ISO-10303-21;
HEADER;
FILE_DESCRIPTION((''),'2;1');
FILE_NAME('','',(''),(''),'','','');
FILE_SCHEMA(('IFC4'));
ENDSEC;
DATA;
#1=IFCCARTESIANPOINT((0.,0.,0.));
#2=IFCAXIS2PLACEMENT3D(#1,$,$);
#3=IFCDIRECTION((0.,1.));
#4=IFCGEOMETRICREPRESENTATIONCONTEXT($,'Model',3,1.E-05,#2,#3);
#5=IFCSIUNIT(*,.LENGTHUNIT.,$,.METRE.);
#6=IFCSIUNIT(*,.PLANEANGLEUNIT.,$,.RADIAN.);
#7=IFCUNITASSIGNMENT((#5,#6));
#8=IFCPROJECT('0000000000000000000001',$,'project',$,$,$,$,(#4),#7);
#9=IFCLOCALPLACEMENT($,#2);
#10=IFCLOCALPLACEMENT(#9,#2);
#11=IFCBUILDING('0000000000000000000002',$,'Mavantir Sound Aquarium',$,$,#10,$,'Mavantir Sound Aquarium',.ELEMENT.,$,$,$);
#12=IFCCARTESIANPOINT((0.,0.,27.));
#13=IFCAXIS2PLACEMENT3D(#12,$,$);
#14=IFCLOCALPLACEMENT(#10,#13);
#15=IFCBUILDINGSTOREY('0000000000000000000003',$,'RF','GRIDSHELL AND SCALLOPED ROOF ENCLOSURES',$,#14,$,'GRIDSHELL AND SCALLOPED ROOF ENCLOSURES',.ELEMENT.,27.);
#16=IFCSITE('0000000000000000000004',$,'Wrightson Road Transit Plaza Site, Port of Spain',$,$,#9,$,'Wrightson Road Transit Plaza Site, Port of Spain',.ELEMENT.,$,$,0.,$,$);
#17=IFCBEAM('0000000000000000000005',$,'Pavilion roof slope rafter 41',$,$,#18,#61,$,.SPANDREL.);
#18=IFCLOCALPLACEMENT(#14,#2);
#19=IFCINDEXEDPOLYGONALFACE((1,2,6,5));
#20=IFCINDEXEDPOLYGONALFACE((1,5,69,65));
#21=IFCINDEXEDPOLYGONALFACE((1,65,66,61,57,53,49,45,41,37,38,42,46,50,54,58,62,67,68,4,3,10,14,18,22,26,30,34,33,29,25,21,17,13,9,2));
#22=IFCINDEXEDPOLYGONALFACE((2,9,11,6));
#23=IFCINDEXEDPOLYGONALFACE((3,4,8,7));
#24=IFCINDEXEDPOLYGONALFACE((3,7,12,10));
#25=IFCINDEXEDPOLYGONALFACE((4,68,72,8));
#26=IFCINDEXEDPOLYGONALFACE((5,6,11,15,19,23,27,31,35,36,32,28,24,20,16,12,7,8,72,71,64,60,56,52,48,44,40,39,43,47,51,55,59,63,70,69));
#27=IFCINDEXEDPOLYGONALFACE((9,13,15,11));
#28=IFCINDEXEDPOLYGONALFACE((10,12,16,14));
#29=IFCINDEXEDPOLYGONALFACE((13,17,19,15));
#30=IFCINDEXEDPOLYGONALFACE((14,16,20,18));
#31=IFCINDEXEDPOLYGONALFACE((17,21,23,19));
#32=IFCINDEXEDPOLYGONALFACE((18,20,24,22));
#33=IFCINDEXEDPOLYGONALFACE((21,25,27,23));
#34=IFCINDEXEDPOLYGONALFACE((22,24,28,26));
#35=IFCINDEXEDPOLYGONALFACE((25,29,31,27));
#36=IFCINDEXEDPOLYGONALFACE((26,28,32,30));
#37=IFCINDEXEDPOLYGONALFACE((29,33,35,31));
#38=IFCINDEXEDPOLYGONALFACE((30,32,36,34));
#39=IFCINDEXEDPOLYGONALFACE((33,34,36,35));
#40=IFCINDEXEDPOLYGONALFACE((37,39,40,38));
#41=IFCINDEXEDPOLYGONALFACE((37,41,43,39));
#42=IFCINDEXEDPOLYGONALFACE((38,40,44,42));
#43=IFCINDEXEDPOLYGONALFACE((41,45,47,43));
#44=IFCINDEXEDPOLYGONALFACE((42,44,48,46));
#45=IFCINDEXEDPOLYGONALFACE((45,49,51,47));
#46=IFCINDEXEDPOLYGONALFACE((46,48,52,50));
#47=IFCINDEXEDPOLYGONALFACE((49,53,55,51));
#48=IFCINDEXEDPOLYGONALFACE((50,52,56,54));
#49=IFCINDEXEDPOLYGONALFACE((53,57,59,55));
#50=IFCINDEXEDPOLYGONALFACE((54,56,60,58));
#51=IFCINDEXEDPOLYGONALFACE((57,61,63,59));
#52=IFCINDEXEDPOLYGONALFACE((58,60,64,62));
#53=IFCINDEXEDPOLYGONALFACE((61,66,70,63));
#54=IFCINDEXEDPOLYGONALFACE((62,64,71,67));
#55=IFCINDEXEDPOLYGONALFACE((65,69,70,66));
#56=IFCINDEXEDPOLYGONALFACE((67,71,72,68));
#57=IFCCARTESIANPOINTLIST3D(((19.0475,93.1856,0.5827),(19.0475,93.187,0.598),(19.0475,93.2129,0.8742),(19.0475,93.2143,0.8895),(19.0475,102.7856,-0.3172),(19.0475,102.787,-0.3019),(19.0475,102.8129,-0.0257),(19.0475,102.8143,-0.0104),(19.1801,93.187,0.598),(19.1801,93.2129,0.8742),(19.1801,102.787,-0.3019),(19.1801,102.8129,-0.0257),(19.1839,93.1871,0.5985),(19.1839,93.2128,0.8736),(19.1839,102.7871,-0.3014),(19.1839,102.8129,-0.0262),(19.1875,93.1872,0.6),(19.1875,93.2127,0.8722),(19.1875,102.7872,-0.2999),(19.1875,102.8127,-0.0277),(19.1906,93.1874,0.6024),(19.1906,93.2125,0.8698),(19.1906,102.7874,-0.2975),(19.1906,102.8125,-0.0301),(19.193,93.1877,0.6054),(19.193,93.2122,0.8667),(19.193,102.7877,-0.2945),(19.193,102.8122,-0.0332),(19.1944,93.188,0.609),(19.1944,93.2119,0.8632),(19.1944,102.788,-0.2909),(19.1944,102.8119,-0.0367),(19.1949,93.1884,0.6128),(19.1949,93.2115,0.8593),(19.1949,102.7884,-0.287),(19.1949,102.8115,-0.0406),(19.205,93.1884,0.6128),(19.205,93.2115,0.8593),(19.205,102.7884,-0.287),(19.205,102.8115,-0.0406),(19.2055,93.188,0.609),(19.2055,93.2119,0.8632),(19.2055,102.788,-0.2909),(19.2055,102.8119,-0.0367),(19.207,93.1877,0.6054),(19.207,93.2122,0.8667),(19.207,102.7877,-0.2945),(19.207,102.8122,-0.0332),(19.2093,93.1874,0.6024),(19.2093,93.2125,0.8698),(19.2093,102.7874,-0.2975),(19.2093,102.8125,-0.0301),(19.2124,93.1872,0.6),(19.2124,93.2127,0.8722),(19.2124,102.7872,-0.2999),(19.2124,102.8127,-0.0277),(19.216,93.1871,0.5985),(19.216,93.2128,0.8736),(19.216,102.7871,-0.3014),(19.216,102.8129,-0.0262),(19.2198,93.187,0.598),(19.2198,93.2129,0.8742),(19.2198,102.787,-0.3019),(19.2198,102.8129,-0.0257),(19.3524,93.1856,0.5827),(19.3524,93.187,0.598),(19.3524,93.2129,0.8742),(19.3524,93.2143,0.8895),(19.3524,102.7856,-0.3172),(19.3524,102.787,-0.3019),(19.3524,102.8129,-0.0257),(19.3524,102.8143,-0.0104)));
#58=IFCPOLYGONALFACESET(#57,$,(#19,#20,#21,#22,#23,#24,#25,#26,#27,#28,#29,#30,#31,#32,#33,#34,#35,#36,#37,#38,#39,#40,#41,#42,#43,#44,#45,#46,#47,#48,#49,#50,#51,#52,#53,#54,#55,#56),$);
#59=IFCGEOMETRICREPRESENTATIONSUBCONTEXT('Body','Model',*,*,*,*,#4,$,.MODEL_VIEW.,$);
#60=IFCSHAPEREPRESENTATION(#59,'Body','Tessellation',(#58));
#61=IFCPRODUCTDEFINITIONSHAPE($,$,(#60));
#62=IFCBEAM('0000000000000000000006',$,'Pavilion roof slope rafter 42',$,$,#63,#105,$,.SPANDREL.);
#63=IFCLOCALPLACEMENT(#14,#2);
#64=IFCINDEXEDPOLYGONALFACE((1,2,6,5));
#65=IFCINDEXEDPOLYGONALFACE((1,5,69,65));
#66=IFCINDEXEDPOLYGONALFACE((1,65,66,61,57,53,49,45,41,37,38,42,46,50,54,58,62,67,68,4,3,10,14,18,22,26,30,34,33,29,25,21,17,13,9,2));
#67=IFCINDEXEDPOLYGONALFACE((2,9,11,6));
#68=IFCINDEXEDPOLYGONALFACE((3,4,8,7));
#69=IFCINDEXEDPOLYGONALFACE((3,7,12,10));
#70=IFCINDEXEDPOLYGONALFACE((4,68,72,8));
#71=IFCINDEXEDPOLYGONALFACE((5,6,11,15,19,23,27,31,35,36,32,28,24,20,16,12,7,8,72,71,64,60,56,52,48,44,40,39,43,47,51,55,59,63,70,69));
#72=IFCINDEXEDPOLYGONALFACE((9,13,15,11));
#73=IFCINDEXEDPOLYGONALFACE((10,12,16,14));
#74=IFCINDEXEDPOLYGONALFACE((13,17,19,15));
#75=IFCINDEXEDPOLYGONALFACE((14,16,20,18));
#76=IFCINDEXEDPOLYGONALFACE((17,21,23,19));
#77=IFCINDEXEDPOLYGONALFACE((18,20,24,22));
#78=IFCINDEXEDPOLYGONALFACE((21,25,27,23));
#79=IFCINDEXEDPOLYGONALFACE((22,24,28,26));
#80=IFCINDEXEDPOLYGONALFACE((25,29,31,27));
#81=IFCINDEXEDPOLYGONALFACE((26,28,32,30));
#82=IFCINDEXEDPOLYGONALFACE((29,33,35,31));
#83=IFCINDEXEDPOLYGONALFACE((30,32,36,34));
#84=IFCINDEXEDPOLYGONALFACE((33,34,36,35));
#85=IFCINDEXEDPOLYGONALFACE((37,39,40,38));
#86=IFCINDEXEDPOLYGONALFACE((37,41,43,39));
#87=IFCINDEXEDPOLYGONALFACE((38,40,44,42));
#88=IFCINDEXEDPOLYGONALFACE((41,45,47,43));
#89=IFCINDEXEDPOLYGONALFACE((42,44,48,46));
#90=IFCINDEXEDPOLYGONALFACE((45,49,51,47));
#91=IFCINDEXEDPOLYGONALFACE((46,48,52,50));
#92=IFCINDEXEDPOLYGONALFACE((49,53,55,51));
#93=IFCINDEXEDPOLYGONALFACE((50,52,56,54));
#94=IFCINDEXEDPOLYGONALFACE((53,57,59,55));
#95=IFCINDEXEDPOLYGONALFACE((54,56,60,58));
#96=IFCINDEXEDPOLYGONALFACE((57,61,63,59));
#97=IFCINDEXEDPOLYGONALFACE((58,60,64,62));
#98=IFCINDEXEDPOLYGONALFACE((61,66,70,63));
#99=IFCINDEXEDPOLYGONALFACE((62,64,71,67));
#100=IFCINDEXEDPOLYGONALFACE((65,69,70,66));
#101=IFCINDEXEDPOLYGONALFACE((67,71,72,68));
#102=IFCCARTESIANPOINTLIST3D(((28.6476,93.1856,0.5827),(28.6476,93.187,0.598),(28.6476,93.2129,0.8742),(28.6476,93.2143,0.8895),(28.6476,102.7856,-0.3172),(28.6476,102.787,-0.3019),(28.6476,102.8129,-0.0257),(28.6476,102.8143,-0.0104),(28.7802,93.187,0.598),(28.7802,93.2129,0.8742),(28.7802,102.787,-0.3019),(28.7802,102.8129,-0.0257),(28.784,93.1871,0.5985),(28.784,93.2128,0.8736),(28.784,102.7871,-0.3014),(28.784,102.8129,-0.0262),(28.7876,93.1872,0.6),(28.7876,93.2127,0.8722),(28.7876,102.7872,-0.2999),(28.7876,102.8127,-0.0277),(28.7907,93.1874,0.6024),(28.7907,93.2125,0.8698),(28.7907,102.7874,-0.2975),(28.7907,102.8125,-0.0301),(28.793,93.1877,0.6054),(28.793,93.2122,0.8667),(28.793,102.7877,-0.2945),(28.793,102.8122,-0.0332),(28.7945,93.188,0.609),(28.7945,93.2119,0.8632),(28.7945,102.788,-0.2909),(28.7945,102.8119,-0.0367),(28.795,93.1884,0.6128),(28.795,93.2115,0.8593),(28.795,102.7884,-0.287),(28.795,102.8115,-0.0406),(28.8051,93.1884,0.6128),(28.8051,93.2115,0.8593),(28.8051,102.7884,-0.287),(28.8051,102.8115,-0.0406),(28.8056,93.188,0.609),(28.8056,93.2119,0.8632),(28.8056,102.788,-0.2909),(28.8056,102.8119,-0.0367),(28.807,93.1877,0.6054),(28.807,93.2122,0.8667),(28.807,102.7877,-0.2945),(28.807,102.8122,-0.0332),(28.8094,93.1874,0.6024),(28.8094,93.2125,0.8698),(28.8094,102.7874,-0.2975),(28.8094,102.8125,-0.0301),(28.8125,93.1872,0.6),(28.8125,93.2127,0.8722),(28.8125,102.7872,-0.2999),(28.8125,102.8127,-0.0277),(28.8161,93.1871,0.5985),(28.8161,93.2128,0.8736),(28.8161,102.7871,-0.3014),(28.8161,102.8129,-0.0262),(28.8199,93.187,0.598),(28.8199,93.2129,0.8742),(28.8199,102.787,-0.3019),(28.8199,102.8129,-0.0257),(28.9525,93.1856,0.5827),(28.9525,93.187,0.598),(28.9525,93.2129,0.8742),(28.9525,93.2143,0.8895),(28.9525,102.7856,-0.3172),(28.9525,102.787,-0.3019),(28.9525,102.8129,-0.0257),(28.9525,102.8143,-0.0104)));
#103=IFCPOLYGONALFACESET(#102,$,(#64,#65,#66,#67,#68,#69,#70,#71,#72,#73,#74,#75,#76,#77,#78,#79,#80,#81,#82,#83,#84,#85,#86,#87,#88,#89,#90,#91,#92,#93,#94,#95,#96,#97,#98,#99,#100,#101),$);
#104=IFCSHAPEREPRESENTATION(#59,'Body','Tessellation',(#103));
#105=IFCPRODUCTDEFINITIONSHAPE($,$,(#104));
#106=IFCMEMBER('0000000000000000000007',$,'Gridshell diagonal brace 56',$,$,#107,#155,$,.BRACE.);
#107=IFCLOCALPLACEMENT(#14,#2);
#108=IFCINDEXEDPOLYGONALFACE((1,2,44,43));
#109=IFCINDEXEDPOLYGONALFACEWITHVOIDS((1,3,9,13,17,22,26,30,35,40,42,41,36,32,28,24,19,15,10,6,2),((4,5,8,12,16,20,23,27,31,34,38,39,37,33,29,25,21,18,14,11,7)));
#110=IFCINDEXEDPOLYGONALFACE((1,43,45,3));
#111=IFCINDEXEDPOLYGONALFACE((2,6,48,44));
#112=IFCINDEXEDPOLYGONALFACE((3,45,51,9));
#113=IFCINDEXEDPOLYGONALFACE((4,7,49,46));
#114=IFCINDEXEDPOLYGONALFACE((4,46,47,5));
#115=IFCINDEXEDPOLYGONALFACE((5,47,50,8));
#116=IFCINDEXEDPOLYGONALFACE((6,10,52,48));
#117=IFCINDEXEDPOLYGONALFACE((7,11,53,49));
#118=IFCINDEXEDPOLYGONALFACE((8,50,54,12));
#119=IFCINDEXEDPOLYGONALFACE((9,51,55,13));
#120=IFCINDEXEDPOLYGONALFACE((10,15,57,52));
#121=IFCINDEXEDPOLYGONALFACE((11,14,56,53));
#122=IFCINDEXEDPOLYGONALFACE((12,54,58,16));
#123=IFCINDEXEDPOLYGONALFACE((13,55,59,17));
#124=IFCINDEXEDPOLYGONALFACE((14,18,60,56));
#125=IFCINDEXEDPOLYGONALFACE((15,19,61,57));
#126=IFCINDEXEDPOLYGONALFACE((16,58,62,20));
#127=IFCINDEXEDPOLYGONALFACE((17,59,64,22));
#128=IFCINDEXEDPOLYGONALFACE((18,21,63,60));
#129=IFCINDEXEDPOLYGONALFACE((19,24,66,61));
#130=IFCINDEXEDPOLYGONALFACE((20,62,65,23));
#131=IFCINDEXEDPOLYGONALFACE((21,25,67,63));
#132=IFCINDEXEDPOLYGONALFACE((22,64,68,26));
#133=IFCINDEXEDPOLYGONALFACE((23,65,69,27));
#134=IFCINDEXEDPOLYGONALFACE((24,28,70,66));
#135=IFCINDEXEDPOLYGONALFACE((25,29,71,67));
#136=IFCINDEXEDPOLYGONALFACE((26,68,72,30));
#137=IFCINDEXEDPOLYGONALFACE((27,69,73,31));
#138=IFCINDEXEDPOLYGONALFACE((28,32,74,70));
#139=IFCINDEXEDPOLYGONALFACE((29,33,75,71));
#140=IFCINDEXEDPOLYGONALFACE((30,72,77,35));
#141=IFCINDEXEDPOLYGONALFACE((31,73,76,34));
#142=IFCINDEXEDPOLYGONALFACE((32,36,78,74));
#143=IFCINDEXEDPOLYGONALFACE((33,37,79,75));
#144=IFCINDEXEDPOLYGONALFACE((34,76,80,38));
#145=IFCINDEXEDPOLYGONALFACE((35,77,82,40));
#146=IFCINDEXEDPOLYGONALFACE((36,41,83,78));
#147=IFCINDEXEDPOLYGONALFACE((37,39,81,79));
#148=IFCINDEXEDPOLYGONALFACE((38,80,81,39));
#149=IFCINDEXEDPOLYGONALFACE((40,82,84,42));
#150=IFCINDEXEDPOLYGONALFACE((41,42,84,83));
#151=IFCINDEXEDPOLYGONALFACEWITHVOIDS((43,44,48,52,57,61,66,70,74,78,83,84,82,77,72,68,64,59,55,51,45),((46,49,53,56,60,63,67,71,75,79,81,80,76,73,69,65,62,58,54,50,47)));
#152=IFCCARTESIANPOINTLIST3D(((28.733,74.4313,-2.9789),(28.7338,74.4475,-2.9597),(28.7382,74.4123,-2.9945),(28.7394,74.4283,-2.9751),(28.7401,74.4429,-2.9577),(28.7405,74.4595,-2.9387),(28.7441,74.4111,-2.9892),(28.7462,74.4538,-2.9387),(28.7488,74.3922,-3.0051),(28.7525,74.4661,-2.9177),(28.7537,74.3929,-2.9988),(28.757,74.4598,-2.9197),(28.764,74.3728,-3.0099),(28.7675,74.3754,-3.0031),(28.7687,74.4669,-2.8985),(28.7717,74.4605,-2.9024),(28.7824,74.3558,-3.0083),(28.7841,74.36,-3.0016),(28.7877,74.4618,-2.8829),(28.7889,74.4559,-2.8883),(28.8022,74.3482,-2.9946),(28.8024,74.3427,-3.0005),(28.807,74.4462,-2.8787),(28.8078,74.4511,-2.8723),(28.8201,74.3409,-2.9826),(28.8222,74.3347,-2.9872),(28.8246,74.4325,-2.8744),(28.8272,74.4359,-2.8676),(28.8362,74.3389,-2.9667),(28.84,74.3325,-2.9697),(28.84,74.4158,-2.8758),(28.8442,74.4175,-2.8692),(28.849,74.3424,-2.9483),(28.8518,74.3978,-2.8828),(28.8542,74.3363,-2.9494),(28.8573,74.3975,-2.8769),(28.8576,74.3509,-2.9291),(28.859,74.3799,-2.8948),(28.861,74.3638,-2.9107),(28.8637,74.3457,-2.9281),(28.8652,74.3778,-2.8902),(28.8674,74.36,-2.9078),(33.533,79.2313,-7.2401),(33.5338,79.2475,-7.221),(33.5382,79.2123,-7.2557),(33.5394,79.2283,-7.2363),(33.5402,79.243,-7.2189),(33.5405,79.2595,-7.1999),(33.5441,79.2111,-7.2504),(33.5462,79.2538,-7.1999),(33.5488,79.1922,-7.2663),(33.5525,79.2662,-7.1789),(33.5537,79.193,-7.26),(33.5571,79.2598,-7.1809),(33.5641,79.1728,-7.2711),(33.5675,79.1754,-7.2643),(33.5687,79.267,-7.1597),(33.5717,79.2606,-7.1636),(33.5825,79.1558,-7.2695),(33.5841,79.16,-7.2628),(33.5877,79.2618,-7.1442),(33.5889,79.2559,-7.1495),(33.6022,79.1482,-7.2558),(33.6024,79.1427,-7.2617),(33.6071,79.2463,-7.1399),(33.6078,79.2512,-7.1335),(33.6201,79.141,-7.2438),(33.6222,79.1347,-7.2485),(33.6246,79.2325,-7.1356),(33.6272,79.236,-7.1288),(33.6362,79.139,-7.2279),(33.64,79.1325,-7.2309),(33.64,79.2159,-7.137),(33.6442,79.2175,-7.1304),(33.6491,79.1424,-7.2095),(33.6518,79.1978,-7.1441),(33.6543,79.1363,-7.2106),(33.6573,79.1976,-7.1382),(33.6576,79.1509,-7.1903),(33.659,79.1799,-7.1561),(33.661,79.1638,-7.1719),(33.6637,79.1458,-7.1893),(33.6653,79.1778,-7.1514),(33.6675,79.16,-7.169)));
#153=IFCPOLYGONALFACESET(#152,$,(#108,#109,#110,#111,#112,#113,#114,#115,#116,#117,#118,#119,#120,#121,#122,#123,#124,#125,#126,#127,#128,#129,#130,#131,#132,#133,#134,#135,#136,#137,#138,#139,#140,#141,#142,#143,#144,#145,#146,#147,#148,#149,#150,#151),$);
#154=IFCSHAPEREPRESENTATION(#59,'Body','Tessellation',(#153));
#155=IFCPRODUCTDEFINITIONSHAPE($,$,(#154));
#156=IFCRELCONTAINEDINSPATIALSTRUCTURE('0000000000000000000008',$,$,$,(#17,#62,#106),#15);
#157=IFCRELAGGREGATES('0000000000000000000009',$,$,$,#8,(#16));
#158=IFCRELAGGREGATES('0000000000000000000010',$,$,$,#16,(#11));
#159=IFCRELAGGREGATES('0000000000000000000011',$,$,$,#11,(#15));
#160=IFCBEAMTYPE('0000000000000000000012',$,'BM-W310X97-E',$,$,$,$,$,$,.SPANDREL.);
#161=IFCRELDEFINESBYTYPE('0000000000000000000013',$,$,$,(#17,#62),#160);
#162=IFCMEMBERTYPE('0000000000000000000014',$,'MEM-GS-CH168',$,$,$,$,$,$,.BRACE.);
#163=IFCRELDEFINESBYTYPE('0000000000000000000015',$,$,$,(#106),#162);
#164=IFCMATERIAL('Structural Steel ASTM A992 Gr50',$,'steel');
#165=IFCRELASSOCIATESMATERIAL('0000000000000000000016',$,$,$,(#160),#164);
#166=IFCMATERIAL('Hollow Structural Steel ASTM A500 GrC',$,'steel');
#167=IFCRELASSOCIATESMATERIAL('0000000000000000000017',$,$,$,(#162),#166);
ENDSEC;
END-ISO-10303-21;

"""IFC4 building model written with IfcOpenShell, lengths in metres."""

from ifc_helpers import new_model, si_unit, direction, frame, origin, origin_2d, place, context, subcontext, project, spatial, hollow_circle, i_section, extrude, material, material_profile, profile_set, type_object, element, save


model = new_model("IFC4")

# Units and contexts
model_context = context("Model", 3, precision=1e-05, world=origin(), true_north=direction((0.0, 1.0)))
body_context = subcontext(model_context, "Body", "Model", "MODEL_VIEW")
ifc_project = project(units=[si_unit("LENGTHUNIT", "METRE"), si_unit("PLANEANGLEUNIT", "RADIAN")], contexts=[model_context])

# Site, building, storey
site_placement = place(None, origin())
site = spatial("IfcSite", under=ifc_project, at=site_placement, Name="Wrightson Road Transit Plaza Site, Port of Spain", LongName="Wrightson Road Transit Plaza Site, Port of Spain", CompositionType="ELEMENT", RefElevation=0.0)
building_placement = place(site_placement, origin())
building = spatial("IfcBuilding", under=site, at=building_placement, Name="Mavantir Sound Aquarium", LongName="Mavantir Sound Aquarium", CompositionType="ELEMENT")
storey_placement = place(building_placement, frame((0.0, 0.0, 27.0)))
storey = spatial("IfcBuildingStorey", under=building, at=storey_placement, Name="RF", Description="GRIDSHELL AND SCALLOPED ROOF ENCLOSURES", LongName="GRIDSHELL AND SCALLOPED ROOF ENCLOSURES", CompositionType="ELEMENT", Elevation=27.0)

# Beams
ifc_material_1 = material(Name="Hollow Structural Steel ASTM A500 GrC", Category="steel")
ifc_material_2 = material(Name="Structural Steel ASTM A992 Gr50", Category="steel")
ifc_material_profile_1 = material_profile(ifc_material_2, i_section(OverallWidth=0.3049, OverallDepth=0.3081, WebThickness=0.01, FlangeThickness=0.0154, FilletRadius=0.0149, at=origin_2d()), Name="W310X97")
ifc_profile_set_1 = profile_set([ifc_material_profile_1], Name="Structural Steel ASTM A992 Gr50")
beam_type_1 = type_object("IfcBeamType", Name="BM-W310X97-E", PredefinedType="SPANDREL", material=ifc_profile_set_1)
for number, where, z_axis, x_axis, name in (
    (1, (19.2, 93.2, 0.7361), (0.0, 0.995635, -0.09333), (-1.0, 0.0, 0.0), "Pavilion roof slope rafter 41"),
    (2, (28.8, 93.2, 0.7361), (0.0, 0.995635, -0.09333), (-1.0, 0.0, 0.0), "Pavilion roof slope rafter 42"),
):
    element("IfcBeam", number, at=place(storey_placement, frame(where, z_axis=z_axis, x_axis=x_axis)), inside=storey, type_object=beam_type_1, Name=name, PredefinedType="SPANDREL", context=body_context, shape_type="SweptSolid", body=[
        extrude(i_section(OverallWidth=0.3049, OverallDepth=0.3081, WebThickness=0.01, FlangeThickness=0.0154, FilletRadius=0.0149, at=origin_2d()), origin(), (0.0, 0.0, 1.0), 9.6421),
    ])

# Member
ifc_material_profile_2 = material_profile(ifc_material_1, hollow_circle(Radius=0.0842, WallThickness=0.0081, at=origin_2d()), Name="CHS 168.3X8")
ifc_profile_set_2 = profile_set([ifc_material_profile_2], Name="Hollow Structural Steel ASTM A500 GrC")
member_type_1 = type_object("IfcMemberType", Name="MEM-GS-CH168", PredefinedType="BRACE", material=ifc_profile_set_2)
member_1_placement = place(storey_placement, frame((28.8, 74.3999, -2.9387), z_axis=(0.598889, 0.598889, -0.531662), x_axis=(-0.707107, 0.707107, 0.0)))
element("IfcMember", 3, at=member_1_placement, inside=storey, type_object=member_type_1, Name="Gridshell diagonal brace 56", PredefinedType="BRACE", context=body_context, shape_type="SweptSolid", body=[
    extrude(hollow_circle(Radius=0.0842, WallThickness=0.0081, at=origin_2d()), origin(), (0.0, 0.0, 1.0), 8.0149),
])

save(model, "model.ifc")
